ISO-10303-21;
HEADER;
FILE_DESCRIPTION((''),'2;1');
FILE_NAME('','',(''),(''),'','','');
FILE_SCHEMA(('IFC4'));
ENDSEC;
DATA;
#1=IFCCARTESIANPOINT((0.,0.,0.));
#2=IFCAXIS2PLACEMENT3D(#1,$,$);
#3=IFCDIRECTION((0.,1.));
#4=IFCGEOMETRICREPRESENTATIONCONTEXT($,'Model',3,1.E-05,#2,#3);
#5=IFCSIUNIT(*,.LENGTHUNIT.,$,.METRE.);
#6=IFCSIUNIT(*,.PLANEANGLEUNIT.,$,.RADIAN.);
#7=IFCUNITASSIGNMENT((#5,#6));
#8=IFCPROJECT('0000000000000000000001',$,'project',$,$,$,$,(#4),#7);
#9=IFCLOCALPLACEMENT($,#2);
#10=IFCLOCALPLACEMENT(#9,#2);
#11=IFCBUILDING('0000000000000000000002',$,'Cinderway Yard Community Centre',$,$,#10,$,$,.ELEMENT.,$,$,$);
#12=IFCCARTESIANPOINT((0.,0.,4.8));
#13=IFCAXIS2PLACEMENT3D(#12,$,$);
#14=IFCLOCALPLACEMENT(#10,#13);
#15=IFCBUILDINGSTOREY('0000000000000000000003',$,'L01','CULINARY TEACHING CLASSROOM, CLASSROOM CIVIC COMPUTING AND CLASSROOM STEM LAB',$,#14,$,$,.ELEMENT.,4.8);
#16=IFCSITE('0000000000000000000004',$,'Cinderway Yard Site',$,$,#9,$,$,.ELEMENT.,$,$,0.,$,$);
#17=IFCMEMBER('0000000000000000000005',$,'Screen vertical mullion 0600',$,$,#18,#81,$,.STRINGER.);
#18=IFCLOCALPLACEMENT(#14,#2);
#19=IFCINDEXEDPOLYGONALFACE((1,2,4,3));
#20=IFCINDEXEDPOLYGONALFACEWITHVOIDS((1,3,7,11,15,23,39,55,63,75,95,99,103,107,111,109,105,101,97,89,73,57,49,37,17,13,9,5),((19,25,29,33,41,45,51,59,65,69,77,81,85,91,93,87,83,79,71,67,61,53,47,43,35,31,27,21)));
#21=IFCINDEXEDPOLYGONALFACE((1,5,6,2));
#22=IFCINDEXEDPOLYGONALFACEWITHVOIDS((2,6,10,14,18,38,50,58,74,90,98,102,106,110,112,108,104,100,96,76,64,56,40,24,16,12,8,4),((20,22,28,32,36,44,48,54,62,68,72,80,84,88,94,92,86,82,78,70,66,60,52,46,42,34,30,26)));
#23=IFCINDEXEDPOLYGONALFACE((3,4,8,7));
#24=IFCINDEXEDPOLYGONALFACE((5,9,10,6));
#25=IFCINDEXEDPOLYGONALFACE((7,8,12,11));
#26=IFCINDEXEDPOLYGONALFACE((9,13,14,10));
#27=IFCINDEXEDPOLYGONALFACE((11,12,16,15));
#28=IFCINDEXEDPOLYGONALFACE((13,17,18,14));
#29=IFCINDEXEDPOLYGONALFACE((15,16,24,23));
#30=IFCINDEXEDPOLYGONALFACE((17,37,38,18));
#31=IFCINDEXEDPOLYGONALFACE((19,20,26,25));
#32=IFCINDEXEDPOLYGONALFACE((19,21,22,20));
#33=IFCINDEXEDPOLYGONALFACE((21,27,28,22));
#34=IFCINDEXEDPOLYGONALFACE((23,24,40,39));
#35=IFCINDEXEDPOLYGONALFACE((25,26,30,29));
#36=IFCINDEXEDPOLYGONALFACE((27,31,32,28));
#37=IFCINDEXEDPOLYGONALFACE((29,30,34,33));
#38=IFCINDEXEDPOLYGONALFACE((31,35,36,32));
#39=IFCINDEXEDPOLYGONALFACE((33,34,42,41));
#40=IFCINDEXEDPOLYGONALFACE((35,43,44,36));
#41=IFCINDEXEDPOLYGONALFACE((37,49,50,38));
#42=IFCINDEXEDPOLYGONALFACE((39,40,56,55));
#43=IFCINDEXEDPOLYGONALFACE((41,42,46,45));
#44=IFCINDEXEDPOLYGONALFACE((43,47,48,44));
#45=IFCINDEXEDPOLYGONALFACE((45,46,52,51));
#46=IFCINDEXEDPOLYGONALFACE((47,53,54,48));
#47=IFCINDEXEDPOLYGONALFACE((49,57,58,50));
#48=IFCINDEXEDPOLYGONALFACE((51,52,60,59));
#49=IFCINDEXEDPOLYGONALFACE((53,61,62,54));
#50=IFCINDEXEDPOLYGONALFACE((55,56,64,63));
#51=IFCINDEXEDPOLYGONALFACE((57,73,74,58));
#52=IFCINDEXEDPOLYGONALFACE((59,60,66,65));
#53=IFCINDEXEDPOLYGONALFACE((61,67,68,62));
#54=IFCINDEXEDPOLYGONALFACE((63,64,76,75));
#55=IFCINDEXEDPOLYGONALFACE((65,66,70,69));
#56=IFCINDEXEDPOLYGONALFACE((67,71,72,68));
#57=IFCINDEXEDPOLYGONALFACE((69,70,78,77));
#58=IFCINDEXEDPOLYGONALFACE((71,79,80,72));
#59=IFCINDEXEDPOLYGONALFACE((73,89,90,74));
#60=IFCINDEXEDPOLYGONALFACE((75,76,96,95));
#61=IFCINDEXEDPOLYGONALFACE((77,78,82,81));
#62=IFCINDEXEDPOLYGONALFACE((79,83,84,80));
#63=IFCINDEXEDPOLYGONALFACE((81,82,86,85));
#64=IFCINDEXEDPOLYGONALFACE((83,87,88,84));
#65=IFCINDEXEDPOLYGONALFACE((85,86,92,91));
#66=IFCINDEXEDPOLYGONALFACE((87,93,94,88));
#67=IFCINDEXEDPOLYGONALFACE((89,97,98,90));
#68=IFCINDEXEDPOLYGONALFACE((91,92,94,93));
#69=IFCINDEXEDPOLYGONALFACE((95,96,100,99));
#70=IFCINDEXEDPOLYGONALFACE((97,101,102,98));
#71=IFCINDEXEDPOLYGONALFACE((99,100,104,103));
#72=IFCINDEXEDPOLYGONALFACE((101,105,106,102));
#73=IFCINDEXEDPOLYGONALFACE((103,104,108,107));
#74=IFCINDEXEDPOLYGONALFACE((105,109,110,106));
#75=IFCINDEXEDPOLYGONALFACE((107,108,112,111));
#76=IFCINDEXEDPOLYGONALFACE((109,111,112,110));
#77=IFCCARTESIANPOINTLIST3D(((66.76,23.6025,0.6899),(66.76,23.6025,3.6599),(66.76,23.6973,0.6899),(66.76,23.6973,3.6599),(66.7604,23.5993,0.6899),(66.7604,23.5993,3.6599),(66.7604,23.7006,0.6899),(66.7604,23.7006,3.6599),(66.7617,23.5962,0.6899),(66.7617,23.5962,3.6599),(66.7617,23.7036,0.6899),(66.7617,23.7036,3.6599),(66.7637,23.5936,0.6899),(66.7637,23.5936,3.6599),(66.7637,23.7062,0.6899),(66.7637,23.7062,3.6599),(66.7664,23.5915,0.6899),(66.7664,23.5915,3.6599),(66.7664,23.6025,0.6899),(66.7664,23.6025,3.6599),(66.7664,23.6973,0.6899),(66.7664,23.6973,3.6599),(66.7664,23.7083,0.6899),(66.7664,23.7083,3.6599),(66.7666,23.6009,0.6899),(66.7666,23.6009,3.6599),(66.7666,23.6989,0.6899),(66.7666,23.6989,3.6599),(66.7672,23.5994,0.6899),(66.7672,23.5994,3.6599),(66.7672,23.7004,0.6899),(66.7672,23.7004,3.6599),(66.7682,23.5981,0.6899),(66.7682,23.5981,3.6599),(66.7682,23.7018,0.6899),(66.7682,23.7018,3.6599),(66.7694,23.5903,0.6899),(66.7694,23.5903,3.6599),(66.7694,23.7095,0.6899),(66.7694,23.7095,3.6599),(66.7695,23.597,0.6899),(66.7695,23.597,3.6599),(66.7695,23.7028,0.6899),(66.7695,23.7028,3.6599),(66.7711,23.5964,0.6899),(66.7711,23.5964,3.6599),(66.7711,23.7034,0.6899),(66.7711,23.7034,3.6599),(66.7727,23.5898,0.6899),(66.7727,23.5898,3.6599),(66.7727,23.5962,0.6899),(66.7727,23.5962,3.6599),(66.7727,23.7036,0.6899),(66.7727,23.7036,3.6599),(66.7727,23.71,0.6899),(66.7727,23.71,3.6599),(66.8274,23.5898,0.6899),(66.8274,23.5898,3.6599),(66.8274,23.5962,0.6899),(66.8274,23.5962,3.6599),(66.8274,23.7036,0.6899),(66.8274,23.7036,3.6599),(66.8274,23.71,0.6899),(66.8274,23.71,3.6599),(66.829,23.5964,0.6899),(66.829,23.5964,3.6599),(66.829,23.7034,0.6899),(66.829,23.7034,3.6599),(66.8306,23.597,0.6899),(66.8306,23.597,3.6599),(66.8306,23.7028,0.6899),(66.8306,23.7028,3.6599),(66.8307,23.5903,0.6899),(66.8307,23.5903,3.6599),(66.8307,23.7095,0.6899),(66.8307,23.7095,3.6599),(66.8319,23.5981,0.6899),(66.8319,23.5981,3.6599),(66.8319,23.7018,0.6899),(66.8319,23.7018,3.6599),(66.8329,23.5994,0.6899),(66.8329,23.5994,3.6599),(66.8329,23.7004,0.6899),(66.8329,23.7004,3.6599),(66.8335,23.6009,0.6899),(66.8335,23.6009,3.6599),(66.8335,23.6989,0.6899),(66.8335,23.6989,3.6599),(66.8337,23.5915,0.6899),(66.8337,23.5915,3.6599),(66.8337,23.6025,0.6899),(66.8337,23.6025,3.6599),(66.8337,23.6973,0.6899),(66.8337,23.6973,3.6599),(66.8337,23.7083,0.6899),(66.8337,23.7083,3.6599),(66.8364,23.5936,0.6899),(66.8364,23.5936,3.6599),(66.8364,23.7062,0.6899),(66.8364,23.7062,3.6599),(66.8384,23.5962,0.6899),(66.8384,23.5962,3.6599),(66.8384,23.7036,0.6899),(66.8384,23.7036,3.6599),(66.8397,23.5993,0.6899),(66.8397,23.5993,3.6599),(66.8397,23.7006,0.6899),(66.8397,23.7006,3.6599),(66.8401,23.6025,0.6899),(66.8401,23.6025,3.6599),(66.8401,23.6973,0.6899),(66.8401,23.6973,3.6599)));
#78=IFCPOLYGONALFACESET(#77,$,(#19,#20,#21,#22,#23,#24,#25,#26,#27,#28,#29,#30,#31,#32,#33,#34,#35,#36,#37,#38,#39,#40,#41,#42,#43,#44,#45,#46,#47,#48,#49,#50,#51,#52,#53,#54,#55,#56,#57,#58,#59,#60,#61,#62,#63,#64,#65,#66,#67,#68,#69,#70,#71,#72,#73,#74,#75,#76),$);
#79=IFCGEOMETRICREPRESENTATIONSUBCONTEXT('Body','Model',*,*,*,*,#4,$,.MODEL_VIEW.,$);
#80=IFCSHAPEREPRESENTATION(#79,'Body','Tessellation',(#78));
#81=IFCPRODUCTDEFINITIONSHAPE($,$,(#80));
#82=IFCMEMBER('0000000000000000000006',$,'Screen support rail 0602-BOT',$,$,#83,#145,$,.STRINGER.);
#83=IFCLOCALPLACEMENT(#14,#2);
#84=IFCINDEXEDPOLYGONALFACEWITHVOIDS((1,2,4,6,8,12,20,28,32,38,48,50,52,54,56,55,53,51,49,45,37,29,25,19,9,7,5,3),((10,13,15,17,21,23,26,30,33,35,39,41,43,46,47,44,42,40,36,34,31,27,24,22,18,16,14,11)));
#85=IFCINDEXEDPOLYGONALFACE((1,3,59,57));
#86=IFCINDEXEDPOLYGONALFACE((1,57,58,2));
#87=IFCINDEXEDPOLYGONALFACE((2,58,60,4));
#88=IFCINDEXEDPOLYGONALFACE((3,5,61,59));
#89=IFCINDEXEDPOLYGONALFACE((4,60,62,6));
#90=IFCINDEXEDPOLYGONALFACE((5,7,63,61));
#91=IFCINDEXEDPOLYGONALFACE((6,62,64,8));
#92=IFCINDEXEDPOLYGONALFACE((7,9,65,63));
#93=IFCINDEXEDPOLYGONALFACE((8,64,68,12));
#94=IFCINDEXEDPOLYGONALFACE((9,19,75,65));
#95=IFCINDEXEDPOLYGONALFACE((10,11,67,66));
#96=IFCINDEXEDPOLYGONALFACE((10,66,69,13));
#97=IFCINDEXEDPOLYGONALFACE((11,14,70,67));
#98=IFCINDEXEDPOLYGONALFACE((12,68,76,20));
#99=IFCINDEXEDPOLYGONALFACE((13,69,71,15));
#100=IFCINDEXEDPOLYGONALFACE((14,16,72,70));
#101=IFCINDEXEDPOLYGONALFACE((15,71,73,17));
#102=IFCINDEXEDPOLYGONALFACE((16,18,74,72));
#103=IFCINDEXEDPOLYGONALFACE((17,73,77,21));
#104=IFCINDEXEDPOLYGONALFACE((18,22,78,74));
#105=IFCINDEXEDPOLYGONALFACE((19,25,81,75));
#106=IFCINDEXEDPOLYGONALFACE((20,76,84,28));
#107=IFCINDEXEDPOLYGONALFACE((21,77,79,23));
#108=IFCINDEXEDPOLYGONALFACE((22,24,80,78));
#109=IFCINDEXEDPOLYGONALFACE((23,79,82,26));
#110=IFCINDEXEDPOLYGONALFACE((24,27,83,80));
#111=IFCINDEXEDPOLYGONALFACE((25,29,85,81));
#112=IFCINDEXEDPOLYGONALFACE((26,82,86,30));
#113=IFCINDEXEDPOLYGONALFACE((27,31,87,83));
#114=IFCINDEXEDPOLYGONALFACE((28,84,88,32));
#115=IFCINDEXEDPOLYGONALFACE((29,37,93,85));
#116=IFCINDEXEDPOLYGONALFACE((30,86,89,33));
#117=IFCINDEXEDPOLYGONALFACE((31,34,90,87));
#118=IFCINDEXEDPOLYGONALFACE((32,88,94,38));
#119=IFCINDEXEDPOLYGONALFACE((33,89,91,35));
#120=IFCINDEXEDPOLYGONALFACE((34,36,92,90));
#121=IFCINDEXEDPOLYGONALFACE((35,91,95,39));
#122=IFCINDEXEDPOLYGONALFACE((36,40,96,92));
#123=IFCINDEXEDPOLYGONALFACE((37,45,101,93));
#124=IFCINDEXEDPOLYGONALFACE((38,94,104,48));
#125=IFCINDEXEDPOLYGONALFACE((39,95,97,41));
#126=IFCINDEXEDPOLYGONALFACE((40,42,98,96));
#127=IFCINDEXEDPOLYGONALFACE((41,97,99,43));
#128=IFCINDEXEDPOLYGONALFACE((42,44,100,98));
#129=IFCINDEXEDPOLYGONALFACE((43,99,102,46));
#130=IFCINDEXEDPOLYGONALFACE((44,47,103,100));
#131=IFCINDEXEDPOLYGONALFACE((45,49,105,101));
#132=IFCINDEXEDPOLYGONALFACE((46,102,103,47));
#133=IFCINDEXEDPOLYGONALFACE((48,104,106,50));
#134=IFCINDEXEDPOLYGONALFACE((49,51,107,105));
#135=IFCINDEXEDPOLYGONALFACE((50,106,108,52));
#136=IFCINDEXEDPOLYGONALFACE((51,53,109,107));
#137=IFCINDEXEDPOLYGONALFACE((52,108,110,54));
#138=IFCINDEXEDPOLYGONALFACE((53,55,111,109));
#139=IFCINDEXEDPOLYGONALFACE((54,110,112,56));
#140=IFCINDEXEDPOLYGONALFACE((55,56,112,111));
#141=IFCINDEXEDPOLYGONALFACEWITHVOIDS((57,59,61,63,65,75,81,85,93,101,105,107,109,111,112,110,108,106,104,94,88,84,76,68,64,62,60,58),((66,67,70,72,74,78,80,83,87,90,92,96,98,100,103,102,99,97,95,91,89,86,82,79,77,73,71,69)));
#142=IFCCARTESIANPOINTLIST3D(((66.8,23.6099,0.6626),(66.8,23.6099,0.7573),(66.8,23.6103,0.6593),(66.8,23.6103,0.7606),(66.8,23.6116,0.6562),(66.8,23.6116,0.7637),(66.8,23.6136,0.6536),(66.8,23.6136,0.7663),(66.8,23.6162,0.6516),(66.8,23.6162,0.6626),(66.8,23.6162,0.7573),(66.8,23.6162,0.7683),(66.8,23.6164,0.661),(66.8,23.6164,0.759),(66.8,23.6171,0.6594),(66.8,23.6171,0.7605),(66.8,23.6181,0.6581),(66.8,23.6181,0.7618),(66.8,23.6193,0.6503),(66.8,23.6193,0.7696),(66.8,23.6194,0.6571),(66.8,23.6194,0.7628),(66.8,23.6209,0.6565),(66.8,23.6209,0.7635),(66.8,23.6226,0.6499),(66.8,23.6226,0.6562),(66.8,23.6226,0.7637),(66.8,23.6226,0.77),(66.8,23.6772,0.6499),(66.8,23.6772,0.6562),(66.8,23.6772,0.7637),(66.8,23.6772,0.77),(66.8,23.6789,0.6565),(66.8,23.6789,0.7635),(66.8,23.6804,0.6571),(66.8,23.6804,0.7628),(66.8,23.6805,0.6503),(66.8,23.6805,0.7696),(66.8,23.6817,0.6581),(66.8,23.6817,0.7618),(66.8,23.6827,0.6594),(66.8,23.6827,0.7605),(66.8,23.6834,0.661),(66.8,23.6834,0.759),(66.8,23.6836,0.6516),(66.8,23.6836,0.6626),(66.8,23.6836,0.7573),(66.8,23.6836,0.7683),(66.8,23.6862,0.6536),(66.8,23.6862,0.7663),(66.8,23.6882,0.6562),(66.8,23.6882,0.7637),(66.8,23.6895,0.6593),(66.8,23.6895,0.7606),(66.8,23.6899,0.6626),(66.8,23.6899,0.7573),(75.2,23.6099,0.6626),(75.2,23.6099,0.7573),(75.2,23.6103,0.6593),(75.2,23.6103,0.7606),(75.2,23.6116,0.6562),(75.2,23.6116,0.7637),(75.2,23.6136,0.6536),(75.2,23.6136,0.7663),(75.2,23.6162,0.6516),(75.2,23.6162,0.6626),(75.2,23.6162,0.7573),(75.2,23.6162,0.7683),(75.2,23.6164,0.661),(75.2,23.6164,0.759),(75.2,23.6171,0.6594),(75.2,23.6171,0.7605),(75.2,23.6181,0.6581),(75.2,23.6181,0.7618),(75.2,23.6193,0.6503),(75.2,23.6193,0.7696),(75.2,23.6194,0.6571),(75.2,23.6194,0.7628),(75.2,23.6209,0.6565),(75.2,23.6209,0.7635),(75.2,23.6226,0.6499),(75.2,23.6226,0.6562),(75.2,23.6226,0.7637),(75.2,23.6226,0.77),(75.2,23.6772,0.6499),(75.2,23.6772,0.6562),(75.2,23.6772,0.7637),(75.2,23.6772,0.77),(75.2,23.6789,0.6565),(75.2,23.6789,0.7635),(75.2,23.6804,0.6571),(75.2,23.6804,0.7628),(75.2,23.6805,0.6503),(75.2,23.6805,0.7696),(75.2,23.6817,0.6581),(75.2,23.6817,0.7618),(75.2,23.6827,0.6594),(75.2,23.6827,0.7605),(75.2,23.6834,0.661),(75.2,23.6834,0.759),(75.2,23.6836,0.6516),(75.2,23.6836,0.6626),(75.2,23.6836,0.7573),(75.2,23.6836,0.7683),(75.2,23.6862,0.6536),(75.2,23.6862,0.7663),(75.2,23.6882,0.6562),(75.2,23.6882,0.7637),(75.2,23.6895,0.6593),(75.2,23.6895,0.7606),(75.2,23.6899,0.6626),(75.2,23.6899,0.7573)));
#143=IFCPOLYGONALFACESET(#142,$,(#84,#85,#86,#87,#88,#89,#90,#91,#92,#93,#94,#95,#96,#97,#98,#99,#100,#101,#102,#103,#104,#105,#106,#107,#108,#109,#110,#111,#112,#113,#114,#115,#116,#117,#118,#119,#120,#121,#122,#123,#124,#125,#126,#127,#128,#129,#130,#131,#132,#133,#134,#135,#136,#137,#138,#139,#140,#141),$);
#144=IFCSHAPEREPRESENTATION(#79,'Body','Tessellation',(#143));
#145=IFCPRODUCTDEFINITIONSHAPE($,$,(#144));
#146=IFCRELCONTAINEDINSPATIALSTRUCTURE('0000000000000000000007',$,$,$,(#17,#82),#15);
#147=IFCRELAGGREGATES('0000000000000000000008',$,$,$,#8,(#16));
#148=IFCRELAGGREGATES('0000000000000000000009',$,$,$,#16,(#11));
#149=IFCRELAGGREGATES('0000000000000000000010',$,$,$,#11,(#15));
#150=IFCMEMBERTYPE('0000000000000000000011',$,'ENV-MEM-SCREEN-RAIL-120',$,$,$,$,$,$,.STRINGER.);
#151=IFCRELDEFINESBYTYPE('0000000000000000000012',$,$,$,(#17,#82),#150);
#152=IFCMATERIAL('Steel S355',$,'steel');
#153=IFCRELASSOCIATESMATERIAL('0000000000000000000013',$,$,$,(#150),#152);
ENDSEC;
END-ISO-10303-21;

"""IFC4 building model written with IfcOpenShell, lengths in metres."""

from ifc_helpers import new_model, si_unit, direction, frame, origin, origin_2d, place, context, subcontext, project, spatial, hollow_rectangle, extrude, material, material_profile, profile_set, type_object, element, save


model = new_model("IFC4")

# Units and contexts
model_context = context("Model", 3, precision=1e-05, world=origin(), true_north=direction((0.0, 1.0)))
body_context = subcontext(model_context, "Body", "Model", "MODEL_VIEW")
ifc_project = project(units=[si_unit("LENGTHUNIT", "METRE"), si_unit("PLANEANGLEUNIT", "RADIAN")], contexts=[model_context])

# Site, building, storey
site_placement = place(None, origin())
site = spatial("IfcSite", under=ifc_project, at=site_placement, Name="Cinderway Yard Site", CompositionType="ELEMENT", RefElevation=0.0)
building_placement = place(site_placement, origin())
building = spatial("IfcBuilding", under=site, at=building_placement, Name="Cinderway Yard Community Centre", CompositionType="ELEMENT")
storey_placement = place(building_placement, frame((0.0, 0.0, 4.8)))
storey = spatial("IfcBuildingStorey", under=building, at=storey_placement, Name="L01", Description="CULINARY TEACHING CLASSROOM, CLASSROOM CIVIC COMPUTING AND CLASSROOM STEM LAB", CompositionType="ELEMENT", Elevation=4.8)

# Members
ifc_material_1 = material(Name="Steel S355", Category="steel")
ifc_material_profile_1 = material_profile(ifc_material_1, hollow_rectangle(XDim=0.0801, YDim=0.1201, WallThickness=0.0063, InnerFilletRadius=0.0063, OuterFilletRadius=0.0127, at=origin_2d()), Name="Steel S355")
ifc_profile_set_1 = profile_set([ifc_material_profile_1], Name="Steel S355")
member_type_1 = type_object("IfcMemberType", Name="ENV-MEM-SCREEN-RAIL-120", PredefinedType="STRINGER", material=ifc_profile_set_1)
member_1_placement = place(storey_placement, frame((66.8, 23.6499, 0.6899), z_axis=(0.0, 0.0, 1.0), x_axis=(1.0, 0.0, 0.0)))
element("IfcMember", 1, at=member_1_placement, inside=storey, type_object=member_type_1, Name="Screen vertical mullion 0600", PredefinedType="STRINGER", context=body_context, shape_type="SweptSolid", body=[
    extrude(hollow_rectangle(XDim=0.0801, YDim=0.1201, WallThickness=0.0063, InnerFilletRadius=0.0063, OuterFilletRadius=0.0127, at=origin_2d()), origin(), (0.0, 0.0, 1.0), 2.97),
])
for number, where, z_axis, x_axis, name in (
    (2, (66.8, 23.6499, 0.71), (1.0, 0.0, 0.0), (0.0, 1.0, 0.0), "Screen support rail 0602-BOT"),
):
    element("IfcMember", number, at=place(storey_placement, frame(where, z_axis=z_axis, x_axis=x_axis)), inside=storey, type_object=member_type_1, Name=name, PredefinedType="STRINGER", context=body_context, shape_type="SweptSolid", body=[
        extrude(hollow_rectangle(XDim=0.0801, YDim=0.1201, WallThickness=0.0063, InnerFilletRadius=0.0063, OuterFilletRadius=0.0127, at=origin_2d()), origin(), (0.0, 0.0, 1.0), 8.3999),
    ])

save(model, "model.ifc")
